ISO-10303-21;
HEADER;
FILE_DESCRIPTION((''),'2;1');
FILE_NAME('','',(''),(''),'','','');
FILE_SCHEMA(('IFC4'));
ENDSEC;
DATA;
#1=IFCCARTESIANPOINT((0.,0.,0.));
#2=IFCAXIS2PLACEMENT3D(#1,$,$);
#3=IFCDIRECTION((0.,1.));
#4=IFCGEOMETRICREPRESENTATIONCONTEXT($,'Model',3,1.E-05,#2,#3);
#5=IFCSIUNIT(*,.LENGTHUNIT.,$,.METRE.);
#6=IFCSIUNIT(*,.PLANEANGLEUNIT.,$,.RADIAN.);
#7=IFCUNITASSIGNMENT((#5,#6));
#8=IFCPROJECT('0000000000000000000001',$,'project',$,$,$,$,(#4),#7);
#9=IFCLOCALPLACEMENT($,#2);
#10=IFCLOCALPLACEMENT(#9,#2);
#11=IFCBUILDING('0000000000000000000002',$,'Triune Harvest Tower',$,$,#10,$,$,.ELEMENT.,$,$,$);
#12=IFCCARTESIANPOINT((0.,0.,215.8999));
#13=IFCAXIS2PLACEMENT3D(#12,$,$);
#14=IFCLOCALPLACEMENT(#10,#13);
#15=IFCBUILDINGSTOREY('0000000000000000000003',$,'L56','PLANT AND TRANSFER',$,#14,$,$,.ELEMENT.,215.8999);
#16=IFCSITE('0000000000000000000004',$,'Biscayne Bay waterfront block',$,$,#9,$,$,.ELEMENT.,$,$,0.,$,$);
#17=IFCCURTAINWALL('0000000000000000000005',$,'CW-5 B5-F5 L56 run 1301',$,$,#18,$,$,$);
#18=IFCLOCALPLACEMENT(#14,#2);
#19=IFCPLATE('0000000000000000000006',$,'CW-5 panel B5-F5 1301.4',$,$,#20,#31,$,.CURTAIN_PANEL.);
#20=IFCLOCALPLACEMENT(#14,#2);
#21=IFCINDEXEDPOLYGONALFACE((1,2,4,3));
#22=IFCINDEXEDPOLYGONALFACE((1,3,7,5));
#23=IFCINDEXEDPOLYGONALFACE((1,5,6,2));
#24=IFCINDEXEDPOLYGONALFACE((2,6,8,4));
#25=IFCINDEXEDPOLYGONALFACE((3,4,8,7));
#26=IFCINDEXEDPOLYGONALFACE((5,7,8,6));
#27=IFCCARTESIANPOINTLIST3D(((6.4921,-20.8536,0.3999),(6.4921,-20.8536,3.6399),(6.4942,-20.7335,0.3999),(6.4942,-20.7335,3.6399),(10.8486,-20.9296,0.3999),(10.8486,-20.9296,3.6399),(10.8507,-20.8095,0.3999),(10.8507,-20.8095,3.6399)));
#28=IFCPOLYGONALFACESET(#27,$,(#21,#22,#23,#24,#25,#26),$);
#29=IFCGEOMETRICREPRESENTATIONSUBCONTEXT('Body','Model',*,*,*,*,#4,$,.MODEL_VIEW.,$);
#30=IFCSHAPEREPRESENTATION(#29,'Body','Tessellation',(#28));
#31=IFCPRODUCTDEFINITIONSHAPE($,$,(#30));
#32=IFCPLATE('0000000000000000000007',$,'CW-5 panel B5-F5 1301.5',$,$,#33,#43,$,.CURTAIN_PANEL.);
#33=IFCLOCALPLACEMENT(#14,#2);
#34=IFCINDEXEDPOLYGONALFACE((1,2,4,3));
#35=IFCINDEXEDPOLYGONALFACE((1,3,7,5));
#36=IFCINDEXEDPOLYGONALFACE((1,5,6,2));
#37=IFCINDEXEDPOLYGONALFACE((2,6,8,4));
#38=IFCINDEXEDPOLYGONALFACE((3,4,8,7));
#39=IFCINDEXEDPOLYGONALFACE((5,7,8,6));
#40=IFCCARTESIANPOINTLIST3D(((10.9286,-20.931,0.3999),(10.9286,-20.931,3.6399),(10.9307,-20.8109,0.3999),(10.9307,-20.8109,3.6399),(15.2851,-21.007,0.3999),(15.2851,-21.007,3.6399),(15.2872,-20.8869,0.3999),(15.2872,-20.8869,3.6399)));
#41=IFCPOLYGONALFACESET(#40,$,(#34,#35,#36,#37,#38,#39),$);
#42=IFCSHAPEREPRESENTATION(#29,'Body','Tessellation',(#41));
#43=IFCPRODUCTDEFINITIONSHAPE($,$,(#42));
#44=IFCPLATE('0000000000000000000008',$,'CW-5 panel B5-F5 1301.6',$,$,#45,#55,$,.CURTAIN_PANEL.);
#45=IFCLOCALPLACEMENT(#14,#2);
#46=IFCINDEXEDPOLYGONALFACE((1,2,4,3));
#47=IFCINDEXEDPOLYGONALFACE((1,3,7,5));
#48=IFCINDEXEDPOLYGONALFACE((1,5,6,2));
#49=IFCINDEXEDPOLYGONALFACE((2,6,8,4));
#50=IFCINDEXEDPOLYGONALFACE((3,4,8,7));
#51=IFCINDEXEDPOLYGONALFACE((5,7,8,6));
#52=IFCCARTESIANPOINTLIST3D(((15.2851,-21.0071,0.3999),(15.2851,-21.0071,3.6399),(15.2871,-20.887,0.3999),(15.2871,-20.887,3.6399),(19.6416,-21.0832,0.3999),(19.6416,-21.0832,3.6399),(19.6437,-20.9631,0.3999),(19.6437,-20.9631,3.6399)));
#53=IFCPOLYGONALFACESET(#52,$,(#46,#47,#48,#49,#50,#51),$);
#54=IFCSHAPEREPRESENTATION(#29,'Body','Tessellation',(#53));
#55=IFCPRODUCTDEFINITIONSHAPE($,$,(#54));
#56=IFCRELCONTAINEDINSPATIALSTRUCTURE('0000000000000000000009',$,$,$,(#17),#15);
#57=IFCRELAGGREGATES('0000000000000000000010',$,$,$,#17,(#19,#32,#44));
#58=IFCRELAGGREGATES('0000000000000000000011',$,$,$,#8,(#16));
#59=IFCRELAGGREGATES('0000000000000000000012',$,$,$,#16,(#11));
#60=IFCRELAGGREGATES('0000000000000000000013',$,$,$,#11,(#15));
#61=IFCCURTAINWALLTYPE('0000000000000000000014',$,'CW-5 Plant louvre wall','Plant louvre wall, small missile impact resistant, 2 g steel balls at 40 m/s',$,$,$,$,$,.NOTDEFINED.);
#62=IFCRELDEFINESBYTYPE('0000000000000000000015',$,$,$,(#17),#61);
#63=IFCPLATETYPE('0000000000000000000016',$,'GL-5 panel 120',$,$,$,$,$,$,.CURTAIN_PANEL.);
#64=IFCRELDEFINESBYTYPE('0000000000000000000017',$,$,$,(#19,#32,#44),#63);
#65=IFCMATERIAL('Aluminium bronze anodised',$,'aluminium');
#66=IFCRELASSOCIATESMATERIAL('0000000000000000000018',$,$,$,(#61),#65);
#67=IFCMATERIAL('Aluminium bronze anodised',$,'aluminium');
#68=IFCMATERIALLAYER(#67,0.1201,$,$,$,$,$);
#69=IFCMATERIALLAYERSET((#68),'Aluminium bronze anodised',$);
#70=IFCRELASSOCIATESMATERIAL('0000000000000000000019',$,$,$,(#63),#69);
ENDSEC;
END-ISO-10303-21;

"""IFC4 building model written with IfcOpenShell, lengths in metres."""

from ifc_helpers import new_model, si_unit, direction, frame, origin, origin_2d, place, context, subcontext, project, spatial, rectangle, extrude, source, transform, mapped, material, layer, layer_set, type_object, element, aggregate, save


model = new_model("IFC4")

# Units and contexts
model_context = context("Model", 3, precision=1e-05, world=origin(), true_north=direction((0.0, 1.0)))
body_context = subcontext(model_context, "Body", "Model", "MODEL_VIEW")
ifc_project = project(units=[si_unit("LENGTHUNIT", "METRE"), si_unit("PLANEANGLEUNIT", "RADIAN")], contexts=[model_context])

# Site, building, storey
site_placement = place(None, origin())
site = spatial("IfcSite", under=ifc_project, at=site_placement, Name="Biscayne Bay waterfront block", CompositionType="ELEMENT", RefElevation=0.0)
building_placement = place(site_placement, origin())
building = spatial("IfcBuilding", under=site, at=building_placement, Name="Triune Harvest Tower", CompositionType="ELEMENT")
storey_placement = place(building_placement, frame((0.0, 0.0, 215.8999)))
storey = spatial("IfcBuildingStorey", under=building, at=storey_placement, Name="L56", Description="PLANT AND TRANSFER", CompositionType="ELEMENT", Elevation=215.8999)

# Curtain wall
ifc_material_1 = material(Name="Aluminium bronze anodised", Category="aluminium")
curtain_wall_type = type_object("IfcCurtainWallType", Name="CW-5 Plant louvre wall", Description="Plant louvre wall, small missile impact resistant, 2 g steel balls at 40 m/s", PredefinedType="NOTDEFINED", material=ifc_material_1)
curtain_wall_placement = place(storey_placement, origin())
curtain_wall = element("IfcCurtainWall", 1, at=curtain_wall_placement, inside=storey, type_object=curtain_wall_type, Name="CW-5 B5-F5 L56 run 1301")

# Plates
ifc_material_2 = material(Name="Aluminium bronze anodised", Category="aluminium")
ifc_layer = layer(ifc_material_2, 0.1201)
ifc_layer_set = layer_set([ifc_layer], Name="Aluminium bronze anodised")
plate_type = type_object("IfcPlateType", Name="GL-5 panel 120", PredefinedType="CURTAIN_PANEL", material=ifc_layer_set)
shared_shape_1 = source(origin(), body_context, "Body", "SweptSolid", [
    extrude(rectangle(XDim=4.3572, YDim=0.1201, at=origin_2d()), origin(), (0.0, 0.0, 1.0), 3.24),
])
plate_1_placement = place(storey_placement, frame((8.6714, -20.8315, 0.3999), z_axis=(0.0, 0.0, 1.0), x_axis=(0.999848, -0.01745, 0.0)))
plate_1 = element("IfcPlate", 2, at=plate_1_placement, type_object=plate_type, Name="CW-5 panel B5-F5 1301.4", PredefinedType="CURTAIN_PANEL", context=body_context, shape_type="MappedRepresentation", body=[
    mapped(shared_shape_1, transform((0.0, 0.0, 0.0), scale=1.0)),
])
plate_2_placement = place(storey_placement, frame((13.1079, -20.9089, 0.3999), z_axis=(0.0, 0.0, 1.0), x_axis=(0.999848, -0.01745, 0.0)))
plate_2 = element("IfcPlate", 3, at=plate_2_placement, type_object=plate_type, Name="CW-5 panel B5-F5 1301.5", PredefinedType="CURTAIN_PANEL", context=body_context, shape_type="MappedRepresentation", body=[
    mapped(shared_shape_1, transform((0.0, 0.0, 0.0), scale=1.0)),
])
plate_3_placement = place(storey_placement, frame((17.4644, -20.9851, 0.3999), z_axis=(0.0, 0.0, 1.0), x_axis=(0.999848, -0.01745, 0.0)))
plate_3 = element("IfcPlate", 4, at=plate_3_placement, type_object=plate_type, Name="CW-5 panel B5-F5 1301.6", PredefinedType="CURTAIN_PANEL", context=body_context, shape_type="MappedRepresentation", body=[
    mapped(shared_shape_1, transform((0.0, 0.0, 0.0), scale=1.0)),
])
aggregate(curtain_wall, [plate_1, plate_2, plate_3])

save(model, "model.ifc")
